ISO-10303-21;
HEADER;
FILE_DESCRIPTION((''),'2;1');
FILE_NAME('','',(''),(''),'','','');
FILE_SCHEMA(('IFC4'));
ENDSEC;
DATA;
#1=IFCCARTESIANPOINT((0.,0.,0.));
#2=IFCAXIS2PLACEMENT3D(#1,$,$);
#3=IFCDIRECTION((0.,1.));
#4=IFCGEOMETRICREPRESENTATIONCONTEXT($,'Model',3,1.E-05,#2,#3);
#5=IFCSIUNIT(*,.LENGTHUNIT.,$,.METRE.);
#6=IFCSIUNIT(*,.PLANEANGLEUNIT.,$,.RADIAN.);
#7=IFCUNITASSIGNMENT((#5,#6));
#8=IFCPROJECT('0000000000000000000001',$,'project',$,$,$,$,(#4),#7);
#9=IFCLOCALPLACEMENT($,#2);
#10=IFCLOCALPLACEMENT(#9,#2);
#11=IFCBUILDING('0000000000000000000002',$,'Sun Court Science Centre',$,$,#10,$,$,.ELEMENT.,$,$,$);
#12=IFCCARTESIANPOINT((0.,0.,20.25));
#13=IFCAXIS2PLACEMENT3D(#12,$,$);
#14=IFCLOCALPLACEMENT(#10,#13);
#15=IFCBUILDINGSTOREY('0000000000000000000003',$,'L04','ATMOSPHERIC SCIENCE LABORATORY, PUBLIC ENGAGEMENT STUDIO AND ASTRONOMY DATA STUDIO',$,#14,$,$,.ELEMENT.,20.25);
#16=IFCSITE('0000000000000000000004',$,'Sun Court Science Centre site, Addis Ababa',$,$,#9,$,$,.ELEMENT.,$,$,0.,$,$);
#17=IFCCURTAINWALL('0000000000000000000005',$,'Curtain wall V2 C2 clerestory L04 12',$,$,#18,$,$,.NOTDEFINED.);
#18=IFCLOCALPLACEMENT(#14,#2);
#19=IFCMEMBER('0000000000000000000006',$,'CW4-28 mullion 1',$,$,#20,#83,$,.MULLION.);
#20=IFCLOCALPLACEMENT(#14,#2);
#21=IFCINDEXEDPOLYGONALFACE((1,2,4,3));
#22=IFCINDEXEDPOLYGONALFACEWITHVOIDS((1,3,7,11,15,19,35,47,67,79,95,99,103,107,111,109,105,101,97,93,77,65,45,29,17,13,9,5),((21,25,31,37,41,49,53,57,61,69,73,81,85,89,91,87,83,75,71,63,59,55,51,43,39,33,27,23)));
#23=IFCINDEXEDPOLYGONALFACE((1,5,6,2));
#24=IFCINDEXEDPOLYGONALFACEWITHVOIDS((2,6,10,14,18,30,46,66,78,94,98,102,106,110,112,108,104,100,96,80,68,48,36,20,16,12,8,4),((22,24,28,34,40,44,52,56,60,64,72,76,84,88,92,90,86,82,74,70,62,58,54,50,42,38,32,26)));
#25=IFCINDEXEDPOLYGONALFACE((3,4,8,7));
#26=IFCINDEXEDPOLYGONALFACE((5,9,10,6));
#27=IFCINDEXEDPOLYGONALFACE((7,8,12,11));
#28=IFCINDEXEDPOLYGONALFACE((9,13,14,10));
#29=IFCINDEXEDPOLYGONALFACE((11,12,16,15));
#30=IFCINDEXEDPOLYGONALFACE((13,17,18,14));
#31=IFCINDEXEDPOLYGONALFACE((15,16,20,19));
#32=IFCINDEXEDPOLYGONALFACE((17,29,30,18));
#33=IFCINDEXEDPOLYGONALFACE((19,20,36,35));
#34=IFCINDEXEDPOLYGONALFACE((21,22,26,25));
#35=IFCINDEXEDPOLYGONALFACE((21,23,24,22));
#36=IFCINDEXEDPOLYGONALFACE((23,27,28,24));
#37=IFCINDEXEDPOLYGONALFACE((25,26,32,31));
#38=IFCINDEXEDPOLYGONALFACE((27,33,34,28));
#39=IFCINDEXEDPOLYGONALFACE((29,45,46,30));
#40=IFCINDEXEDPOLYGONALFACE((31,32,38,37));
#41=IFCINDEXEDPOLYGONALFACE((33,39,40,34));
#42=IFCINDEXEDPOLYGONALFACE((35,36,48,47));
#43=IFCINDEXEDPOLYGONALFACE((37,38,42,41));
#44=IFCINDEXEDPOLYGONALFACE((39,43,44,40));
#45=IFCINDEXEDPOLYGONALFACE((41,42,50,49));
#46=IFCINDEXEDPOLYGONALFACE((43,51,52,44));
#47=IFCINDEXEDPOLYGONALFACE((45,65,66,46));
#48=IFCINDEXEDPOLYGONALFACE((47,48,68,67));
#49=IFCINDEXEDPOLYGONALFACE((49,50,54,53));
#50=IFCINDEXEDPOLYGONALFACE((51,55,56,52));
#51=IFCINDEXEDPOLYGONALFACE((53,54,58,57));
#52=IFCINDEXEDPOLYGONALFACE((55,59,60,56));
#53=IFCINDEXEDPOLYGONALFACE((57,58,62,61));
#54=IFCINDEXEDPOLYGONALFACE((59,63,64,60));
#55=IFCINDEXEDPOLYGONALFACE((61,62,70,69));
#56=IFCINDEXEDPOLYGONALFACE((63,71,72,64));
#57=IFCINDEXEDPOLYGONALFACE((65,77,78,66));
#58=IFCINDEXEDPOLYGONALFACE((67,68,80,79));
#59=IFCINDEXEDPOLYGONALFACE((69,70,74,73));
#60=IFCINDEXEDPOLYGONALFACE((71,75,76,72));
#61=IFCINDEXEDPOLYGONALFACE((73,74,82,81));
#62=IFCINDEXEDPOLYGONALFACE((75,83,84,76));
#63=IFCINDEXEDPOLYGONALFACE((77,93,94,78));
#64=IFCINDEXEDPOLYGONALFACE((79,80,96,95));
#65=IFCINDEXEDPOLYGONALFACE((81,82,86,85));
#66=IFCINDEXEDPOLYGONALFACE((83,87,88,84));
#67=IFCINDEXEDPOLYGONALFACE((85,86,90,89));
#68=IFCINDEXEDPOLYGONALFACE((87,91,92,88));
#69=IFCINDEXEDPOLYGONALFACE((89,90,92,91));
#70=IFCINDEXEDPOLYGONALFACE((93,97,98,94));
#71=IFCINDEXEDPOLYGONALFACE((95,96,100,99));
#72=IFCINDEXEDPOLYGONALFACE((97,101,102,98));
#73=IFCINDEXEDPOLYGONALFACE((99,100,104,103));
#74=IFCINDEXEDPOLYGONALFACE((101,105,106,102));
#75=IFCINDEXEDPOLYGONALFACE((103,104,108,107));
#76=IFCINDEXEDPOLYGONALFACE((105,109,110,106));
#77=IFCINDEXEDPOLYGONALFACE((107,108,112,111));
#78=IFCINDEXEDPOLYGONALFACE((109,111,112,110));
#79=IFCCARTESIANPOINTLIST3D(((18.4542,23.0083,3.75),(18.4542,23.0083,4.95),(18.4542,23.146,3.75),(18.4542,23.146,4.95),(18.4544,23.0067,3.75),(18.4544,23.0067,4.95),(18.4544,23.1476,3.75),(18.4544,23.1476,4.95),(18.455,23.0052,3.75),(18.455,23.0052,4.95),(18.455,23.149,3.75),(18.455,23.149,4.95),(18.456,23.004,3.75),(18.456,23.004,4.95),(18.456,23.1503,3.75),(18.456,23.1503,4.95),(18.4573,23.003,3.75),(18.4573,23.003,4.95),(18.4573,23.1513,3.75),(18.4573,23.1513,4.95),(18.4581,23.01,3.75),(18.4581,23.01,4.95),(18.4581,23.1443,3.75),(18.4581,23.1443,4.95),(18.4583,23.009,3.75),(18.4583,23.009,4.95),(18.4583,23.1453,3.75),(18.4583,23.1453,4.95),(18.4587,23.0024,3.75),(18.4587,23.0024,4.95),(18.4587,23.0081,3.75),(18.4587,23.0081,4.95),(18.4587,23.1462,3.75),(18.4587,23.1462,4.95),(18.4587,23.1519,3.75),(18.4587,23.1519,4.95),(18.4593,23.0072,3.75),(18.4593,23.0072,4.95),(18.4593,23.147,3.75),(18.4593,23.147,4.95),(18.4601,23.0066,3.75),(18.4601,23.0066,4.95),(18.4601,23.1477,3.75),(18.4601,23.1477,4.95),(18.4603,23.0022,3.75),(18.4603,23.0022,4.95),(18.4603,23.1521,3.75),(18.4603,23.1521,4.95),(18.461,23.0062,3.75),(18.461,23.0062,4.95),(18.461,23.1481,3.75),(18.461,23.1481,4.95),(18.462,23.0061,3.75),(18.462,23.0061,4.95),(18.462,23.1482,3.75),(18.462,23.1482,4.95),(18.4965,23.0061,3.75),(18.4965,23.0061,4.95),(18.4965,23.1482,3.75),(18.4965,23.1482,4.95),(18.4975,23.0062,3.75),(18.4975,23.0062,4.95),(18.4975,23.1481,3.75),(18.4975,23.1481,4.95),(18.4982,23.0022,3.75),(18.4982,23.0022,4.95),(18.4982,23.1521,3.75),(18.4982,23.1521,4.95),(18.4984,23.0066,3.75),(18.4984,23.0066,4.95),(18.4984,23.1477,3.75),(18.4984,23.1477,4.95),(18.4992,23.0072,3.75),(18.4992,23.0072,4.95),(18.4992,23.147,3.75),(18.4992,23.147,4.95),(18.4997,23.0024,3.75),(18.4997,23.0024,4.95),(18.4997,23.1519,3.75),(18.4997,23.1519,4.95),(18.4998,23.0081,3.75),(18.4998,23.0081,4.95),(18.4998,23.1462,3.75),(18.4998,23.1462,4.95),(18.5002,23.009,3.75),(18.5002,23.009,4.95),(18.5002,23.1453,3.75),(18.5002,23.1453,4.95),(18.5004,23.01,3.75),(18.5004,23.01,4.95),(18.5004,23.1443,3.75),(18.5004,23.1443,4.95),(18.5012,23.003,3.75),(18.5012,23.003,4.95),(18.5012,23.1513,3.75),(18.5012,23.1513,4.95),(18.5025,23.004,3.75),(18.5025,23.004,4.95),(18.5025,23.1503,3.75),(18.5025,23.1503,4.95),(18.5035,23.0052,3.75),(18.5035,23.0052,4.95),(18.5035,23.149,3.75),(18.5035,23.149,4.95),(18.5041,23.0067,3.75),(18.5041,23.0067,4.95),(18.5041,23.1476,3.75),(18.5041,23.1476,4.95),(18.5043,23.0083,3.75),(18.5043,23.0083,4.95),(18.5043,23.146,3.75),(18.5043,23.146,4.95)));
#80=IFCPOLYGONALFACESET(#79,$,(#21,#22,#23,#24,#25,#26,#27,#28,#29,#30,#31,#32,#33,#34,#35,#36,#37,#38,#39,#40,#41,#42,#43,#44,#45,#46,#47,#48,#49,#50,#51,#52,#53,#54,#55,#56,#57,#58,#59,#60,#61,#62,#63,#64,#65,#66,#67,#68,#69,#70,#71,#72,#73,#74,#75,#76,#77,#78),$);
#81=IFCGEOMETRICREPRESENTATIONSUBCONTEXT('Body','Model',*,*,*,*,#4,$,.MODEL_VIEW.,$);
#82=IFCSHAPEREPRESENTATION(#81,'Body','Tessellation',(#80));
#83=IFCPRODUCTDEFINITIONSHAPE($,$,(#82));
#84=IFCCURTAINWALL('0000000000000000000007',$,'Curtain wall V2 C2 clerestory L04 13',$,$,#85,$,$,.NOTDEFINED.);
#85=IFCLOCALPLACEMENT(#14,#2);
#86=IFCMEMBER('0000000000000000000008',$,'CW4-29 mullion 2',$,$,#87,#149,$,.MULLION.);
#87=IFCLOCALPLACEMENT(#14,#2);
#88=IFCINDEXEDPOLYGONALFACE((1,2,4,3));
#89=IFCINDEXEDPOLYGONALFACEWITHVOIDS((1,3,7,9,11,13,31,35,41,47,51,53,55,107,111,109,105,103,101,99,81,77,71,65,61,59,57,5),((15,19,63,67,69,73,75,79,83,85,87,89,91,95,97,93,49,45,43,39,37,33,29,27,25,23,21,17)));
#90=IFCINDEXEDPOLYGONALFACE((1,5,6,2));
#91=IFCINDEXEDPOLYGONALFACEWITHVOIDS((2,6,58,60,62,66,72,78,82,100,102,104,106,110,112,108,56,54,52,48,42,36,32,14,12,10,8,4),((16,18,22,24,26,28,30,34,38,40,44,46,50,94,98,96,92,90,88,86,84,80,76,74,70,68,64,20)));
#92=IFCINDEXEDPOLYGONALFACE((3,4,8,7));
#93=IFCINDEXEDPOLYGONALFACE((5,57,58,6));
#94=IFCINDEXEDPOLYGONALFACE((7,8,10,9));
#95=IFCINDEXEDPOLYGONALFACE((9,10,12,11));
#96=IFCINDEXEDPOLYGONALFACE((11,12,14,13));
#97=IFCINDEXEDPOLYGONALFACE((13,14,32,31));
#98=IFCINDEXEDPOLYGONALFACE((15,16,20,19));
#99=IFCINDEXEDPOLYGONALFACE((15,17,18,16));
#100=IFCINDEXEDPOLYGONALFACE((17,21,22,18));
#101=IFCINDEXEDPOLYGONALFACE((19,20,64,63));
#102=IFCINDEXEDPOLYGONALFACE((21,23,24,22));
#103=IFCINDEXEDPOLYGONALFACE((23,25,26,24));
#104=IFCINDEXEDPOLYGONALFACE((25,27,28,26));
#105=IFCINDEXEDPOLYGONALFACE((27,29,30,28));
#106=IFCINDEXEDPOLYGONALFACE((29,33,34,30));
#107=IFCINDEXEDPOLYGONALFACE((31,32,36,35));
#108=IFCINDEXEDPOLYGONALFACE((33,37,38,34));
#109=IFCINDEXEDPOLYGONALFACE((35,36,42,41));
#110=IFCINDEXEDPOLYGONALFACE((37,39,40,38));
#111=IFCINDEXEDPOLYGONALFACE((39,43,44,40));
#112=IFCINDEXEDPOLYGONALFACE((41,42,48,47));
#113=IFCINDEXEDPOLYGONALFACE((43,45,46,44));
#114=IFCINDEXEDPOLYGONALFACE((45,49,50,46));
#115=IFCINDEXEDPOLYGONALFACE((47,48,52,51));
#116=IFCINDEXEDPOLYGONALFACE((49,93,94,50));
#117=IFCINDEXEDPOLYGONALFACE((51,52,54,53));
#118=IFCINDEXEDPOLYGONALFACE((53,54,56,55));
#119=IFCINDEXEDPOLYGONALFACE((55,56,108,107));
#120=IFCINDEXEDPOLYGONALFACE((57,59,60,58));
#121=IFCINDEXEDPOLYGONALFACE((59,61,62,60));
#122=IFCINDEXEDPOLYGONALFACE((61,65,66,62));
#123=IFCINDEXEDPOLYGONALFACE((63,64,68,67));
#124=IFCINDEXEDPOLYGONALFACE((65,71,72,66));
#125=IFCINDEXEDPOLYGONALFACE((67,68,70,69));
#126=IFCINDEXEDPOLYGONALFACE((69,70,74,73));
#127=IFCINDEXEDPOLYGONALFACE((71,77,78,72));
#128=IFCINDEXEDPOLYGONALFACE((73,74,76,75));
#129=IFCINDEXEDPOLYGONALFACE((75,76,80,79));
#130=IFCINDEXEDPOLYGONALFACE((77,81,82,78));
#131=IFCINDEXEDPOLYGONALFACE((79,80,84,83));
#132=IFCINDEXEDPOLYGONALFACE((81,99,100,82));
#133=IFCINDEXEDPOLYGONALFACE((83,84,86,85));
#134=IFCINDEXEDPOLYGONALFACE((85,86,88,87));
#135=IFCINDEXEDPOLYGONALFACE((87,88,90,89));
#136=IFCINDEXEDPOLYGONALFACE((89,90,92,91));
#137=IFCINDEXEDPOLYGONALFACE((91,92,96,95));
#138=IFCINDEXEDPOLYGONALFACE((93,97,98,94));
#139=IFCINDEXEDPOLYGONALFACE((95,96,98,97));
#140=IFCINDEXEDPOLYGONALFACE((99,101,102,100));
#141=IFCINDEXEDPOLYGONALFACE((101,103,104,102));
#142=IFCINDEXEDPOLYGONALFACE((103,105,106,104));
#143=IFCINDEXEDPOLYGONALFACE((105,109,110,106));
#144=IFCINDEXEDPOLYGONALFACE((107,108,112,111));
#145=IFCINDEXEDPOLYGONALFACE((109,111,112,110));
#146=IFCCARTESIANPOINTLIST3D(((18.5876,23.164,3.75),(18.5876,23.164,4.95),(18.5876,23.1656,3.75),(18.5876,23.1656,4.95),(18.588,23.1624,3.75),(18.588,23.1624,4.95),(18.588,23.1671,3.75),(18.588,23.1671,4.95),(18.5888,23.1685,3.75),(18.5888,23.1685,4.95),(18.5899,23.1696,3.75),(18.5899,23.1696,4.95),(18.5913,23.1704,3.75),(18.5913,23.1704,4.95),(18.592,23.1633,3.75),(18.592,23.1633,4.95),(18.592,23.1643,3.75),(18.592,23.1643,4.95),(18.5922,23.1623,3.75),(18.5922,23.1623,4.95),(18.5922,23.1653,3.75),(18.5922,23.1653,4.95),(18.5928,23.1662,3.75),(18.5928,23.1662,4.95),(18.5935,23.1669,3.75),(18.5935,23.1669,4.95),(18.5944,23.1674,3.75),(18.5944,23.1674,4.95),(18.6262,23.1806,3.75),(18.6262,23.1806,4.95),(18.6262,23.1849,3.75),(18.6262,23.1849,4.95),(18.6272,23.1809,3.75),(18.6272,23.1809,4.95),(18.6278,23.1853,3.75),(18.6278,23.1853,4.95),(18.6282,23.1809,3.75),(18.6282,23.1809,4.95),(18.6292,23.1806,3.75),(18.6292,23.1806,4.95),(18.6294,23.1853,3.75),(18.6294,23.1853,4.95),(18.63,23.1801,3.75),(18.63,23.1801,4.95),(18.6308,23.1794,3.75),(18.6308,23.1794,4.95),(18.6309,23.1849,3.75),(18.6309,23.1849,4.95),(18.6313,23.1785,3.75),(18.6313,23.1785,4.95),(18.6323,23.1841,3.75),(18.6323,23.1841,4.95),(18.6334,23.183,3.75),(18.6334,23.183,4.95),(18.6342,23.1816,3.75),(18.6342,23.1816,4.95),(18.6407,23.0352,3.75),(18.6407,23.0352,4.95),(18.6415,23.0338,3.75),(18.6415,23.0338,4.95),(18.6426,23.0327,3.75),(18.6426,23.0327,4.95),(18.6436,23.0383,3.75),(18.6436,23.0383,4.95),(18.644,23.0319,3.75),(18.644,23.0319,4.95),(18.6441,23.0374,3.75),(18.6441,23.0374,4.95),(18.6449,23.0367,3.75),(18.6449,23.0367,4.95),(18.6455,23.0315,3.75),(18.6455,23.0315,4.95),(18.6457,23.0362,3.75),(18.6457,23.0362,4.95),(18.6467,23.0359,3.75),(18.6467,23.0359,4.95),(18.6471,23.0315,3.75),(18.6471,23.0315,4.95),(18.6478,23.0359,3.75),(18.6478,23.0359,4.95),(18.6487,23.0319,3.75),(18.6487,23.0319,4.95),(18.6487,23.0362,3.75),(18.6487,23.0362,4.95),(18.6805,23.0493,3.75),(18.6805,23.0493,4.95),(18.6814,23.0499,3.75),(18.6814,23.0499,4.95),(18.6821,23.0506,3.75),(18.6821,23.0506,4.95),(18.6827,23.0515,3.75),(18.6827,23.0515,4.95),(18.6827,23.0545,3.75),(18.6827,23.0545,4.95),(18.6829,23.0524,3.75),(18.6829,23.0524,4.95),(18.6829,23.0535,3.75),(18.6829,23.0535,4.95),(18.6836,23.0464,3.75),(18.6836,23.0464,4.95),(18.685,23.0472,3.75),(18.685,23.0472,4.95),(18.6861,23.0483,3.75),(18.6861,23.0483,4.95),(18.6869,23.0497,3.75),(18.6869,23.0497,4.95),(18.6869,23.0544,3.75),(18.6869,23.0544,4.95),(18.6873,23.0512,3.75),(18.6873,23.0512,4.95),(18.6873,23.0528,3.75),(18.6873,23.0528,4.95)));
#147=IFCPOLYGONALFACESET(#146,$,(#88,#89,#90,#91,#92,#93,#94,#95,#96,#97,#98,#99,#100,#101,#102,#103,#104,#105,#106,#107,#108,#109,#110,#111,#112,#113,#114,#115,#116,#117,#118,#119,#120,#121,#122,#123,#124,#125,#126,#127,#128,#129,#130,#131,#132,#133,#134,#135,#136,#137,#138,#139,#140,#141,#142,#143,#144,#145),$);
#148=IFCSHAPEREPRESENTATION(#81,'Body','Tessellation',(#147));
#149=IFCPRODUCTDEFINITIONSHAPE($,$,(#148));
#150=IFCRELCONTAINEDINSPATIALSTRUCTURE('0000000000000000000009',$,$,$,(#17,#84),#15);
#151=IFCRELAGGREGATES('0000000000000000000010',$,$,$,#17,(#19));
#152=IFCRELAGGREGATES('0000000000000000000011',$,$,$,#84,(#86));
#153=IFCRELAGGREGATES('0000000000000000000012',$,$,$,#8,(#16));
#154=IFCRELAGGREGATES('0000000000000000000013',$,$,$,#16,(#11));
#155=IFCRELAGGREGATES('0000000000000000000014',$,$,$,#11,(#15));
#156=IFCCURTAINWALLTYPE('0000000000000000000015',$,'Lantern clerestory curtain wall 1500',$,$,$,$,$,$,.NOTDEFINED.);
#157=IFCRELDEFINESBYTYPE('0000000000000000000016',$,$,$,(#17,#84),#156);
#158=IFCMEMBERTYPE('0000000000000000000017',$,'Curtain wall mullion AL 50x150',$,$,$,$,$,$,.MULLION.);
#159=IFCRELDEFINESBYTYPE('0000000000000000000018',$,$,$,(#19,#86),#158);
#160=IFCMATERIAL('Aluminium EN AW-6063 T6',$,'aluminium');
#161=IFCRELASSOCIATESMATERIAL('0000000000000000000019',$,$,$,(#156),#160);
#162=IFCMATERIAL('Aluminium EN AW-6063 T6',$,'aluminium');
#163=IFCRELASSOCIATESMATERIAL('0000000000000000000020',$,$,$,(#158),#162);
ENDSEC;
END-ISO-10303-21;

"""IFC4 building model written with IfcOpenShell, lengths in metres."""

from ifc_helpers import new_model, si_unit, direction, frame, origin, origin_2d, place, context, subcontext, project, spatial, hollow_rectangle, extrude, material, material_profile, profile_set, type_object, element, aggregate, save


model = new_model("IFC4")

# Units and contexts
model_context = context("Model", 3, precision=1e-05, world=origin(), true_north=direction((0.0, 1.0)))
body_context = subcontext(model_context, "Body", "Model", "MODEL_VIEW")
ifc_project = project(units=[si_unit("LENGTHUNIT", "METRE"), si_unit("PLANEANGLEUNIT", "RADIAN")], contexts=[model_context])

# Site, building, storey
site_placement = place(None, origin())
site = spatial("IfcSite", under=ifc_project, at=site_placement, Name="Sun Court Science Centre site, Addis Ababa", CompositionType="ELEMENT", RefElevation=0.0)
building_placement = place(site_placement, origin())
building = spatial("IfcBuilding", under=site, at=building_placement, Name="Sun Court Science Centre", CompositionType="ELEMENT")
storey_placement = place(building_placement, frame((0.0, 0.0, 20.25)))
storey = spatial("IfcBuildingStorey", under=building, at=storey_placement, Name="L04", Description="ATMOSPHERIC SCIENCE LABORATORY, PUBLIC ENGAGEMENT STUDIO AND ASTRONOMY DATA STUDIO", CompositionType="ELEMENT", Elevation=20.25)

# Curtain wall, member
ifc_material_1 = material(Name="Aluminium EN AW-6063 T6", Category="aluminium")
curtain_wall_type = type_object("IfcCurtainWallType", Name="Lantern clerestory curtain wall 1500", PredefinedType="NOTDEFINED", material=ifc_material_1)
curtain_wall_1_placement = place(storey_placement, origin())
curtain_wall_1 = element("IfcCurtainWall", 1, at=curtain_wall_1_placement, inside=storey, type_object=curtain_wall_type, Name="Curtain wall V2 C2 clerestory L04 12", PredefinedType="NOTDEFINED")
ifc_material_2 = material(Name="Aluminium EN AW-6063 T6", Category="aluminium")
ifc_material_profile_1 = material_profile(ifc_material_2, hollow_rectangle(XDim=0.05, YDim=0.1499, WallThickness=0.0039, InnerFilletRadius=0.0039, OuterFilletRadius=0.0061, at=origin_2d()), Name="AL 50x150x4")
ifc_profile_set_1 = profile_set([ifc_material_profile_1], Name="Aluminium EN AW-6063 T6")
member_type_1 = type_object("IfcMemberType", Name="Curtain wall mullion AL 50x150", PredefinedType="MULLION", material=ifc_profile_set_1)
member_1_placement = place(storey_placement, frame((18.4792, 23.0771, 3.75), z_axis=(0.0, 0.0, 1.0), x_axis=(-1.0, 0.0, 0.0)))
member_1 = element("IfcMember", 2, at=member_1_placement, type_object=member_type_1, Name="CW4-28 mullion 1", PredefinedType="MULLION", context=body_context, shape_type="SweptSolid", body=[
    extrude(hollow_rectangle(XDim=0.05, YDim=0.1499, WallThickness=0.0039, InnerFilletRadius=0.0039, OuterFilletRadius=0.0061, at=origin_2d()), origin(), (0.0, 0.0, 1.0), 1.2),
])
aggregate(curtain_wall_1, [member_1])

# Curtain wall, member
curtain_wall_2_placement = place(storey_placement, origin())
curtain_wall_2 = element("IfcCurtainWall", 3, at=curtain_wall_2_placement, inside=storey, type_object=curtain_wall_type, Name="Curtain wall V2 C2 clerestory L04 13", PredefinedType="NOTDEFINED")
member_2_placement = place(storey_placement, frame((18.6375, 23.1084, 3.75), z_axis=(0.0, 0.0, 1.0), x_axis=(-0.92388, -0.382683, 0.0)))
member_2 = element("IfcMember", 4, at=member_2_placement, type_object=member_type_1, Name="CW4-29 mullion 2", PredefinedType="MULLION", context=body_context, shape_type="SweptSolid", body=[
    extrude(hollow_rectangle(XDim=0.05, YDim=0.1499, WallThickness=0.0039, InnerFilletRadius=0.0039, OuterFilletRadius=0.0061, at=origin_2d()), origin(), (0.0, 0.0, 1.0), 1.2),
])
aggregate(curtain_wall_2, [member_2])

save(model, "model.ifc")
